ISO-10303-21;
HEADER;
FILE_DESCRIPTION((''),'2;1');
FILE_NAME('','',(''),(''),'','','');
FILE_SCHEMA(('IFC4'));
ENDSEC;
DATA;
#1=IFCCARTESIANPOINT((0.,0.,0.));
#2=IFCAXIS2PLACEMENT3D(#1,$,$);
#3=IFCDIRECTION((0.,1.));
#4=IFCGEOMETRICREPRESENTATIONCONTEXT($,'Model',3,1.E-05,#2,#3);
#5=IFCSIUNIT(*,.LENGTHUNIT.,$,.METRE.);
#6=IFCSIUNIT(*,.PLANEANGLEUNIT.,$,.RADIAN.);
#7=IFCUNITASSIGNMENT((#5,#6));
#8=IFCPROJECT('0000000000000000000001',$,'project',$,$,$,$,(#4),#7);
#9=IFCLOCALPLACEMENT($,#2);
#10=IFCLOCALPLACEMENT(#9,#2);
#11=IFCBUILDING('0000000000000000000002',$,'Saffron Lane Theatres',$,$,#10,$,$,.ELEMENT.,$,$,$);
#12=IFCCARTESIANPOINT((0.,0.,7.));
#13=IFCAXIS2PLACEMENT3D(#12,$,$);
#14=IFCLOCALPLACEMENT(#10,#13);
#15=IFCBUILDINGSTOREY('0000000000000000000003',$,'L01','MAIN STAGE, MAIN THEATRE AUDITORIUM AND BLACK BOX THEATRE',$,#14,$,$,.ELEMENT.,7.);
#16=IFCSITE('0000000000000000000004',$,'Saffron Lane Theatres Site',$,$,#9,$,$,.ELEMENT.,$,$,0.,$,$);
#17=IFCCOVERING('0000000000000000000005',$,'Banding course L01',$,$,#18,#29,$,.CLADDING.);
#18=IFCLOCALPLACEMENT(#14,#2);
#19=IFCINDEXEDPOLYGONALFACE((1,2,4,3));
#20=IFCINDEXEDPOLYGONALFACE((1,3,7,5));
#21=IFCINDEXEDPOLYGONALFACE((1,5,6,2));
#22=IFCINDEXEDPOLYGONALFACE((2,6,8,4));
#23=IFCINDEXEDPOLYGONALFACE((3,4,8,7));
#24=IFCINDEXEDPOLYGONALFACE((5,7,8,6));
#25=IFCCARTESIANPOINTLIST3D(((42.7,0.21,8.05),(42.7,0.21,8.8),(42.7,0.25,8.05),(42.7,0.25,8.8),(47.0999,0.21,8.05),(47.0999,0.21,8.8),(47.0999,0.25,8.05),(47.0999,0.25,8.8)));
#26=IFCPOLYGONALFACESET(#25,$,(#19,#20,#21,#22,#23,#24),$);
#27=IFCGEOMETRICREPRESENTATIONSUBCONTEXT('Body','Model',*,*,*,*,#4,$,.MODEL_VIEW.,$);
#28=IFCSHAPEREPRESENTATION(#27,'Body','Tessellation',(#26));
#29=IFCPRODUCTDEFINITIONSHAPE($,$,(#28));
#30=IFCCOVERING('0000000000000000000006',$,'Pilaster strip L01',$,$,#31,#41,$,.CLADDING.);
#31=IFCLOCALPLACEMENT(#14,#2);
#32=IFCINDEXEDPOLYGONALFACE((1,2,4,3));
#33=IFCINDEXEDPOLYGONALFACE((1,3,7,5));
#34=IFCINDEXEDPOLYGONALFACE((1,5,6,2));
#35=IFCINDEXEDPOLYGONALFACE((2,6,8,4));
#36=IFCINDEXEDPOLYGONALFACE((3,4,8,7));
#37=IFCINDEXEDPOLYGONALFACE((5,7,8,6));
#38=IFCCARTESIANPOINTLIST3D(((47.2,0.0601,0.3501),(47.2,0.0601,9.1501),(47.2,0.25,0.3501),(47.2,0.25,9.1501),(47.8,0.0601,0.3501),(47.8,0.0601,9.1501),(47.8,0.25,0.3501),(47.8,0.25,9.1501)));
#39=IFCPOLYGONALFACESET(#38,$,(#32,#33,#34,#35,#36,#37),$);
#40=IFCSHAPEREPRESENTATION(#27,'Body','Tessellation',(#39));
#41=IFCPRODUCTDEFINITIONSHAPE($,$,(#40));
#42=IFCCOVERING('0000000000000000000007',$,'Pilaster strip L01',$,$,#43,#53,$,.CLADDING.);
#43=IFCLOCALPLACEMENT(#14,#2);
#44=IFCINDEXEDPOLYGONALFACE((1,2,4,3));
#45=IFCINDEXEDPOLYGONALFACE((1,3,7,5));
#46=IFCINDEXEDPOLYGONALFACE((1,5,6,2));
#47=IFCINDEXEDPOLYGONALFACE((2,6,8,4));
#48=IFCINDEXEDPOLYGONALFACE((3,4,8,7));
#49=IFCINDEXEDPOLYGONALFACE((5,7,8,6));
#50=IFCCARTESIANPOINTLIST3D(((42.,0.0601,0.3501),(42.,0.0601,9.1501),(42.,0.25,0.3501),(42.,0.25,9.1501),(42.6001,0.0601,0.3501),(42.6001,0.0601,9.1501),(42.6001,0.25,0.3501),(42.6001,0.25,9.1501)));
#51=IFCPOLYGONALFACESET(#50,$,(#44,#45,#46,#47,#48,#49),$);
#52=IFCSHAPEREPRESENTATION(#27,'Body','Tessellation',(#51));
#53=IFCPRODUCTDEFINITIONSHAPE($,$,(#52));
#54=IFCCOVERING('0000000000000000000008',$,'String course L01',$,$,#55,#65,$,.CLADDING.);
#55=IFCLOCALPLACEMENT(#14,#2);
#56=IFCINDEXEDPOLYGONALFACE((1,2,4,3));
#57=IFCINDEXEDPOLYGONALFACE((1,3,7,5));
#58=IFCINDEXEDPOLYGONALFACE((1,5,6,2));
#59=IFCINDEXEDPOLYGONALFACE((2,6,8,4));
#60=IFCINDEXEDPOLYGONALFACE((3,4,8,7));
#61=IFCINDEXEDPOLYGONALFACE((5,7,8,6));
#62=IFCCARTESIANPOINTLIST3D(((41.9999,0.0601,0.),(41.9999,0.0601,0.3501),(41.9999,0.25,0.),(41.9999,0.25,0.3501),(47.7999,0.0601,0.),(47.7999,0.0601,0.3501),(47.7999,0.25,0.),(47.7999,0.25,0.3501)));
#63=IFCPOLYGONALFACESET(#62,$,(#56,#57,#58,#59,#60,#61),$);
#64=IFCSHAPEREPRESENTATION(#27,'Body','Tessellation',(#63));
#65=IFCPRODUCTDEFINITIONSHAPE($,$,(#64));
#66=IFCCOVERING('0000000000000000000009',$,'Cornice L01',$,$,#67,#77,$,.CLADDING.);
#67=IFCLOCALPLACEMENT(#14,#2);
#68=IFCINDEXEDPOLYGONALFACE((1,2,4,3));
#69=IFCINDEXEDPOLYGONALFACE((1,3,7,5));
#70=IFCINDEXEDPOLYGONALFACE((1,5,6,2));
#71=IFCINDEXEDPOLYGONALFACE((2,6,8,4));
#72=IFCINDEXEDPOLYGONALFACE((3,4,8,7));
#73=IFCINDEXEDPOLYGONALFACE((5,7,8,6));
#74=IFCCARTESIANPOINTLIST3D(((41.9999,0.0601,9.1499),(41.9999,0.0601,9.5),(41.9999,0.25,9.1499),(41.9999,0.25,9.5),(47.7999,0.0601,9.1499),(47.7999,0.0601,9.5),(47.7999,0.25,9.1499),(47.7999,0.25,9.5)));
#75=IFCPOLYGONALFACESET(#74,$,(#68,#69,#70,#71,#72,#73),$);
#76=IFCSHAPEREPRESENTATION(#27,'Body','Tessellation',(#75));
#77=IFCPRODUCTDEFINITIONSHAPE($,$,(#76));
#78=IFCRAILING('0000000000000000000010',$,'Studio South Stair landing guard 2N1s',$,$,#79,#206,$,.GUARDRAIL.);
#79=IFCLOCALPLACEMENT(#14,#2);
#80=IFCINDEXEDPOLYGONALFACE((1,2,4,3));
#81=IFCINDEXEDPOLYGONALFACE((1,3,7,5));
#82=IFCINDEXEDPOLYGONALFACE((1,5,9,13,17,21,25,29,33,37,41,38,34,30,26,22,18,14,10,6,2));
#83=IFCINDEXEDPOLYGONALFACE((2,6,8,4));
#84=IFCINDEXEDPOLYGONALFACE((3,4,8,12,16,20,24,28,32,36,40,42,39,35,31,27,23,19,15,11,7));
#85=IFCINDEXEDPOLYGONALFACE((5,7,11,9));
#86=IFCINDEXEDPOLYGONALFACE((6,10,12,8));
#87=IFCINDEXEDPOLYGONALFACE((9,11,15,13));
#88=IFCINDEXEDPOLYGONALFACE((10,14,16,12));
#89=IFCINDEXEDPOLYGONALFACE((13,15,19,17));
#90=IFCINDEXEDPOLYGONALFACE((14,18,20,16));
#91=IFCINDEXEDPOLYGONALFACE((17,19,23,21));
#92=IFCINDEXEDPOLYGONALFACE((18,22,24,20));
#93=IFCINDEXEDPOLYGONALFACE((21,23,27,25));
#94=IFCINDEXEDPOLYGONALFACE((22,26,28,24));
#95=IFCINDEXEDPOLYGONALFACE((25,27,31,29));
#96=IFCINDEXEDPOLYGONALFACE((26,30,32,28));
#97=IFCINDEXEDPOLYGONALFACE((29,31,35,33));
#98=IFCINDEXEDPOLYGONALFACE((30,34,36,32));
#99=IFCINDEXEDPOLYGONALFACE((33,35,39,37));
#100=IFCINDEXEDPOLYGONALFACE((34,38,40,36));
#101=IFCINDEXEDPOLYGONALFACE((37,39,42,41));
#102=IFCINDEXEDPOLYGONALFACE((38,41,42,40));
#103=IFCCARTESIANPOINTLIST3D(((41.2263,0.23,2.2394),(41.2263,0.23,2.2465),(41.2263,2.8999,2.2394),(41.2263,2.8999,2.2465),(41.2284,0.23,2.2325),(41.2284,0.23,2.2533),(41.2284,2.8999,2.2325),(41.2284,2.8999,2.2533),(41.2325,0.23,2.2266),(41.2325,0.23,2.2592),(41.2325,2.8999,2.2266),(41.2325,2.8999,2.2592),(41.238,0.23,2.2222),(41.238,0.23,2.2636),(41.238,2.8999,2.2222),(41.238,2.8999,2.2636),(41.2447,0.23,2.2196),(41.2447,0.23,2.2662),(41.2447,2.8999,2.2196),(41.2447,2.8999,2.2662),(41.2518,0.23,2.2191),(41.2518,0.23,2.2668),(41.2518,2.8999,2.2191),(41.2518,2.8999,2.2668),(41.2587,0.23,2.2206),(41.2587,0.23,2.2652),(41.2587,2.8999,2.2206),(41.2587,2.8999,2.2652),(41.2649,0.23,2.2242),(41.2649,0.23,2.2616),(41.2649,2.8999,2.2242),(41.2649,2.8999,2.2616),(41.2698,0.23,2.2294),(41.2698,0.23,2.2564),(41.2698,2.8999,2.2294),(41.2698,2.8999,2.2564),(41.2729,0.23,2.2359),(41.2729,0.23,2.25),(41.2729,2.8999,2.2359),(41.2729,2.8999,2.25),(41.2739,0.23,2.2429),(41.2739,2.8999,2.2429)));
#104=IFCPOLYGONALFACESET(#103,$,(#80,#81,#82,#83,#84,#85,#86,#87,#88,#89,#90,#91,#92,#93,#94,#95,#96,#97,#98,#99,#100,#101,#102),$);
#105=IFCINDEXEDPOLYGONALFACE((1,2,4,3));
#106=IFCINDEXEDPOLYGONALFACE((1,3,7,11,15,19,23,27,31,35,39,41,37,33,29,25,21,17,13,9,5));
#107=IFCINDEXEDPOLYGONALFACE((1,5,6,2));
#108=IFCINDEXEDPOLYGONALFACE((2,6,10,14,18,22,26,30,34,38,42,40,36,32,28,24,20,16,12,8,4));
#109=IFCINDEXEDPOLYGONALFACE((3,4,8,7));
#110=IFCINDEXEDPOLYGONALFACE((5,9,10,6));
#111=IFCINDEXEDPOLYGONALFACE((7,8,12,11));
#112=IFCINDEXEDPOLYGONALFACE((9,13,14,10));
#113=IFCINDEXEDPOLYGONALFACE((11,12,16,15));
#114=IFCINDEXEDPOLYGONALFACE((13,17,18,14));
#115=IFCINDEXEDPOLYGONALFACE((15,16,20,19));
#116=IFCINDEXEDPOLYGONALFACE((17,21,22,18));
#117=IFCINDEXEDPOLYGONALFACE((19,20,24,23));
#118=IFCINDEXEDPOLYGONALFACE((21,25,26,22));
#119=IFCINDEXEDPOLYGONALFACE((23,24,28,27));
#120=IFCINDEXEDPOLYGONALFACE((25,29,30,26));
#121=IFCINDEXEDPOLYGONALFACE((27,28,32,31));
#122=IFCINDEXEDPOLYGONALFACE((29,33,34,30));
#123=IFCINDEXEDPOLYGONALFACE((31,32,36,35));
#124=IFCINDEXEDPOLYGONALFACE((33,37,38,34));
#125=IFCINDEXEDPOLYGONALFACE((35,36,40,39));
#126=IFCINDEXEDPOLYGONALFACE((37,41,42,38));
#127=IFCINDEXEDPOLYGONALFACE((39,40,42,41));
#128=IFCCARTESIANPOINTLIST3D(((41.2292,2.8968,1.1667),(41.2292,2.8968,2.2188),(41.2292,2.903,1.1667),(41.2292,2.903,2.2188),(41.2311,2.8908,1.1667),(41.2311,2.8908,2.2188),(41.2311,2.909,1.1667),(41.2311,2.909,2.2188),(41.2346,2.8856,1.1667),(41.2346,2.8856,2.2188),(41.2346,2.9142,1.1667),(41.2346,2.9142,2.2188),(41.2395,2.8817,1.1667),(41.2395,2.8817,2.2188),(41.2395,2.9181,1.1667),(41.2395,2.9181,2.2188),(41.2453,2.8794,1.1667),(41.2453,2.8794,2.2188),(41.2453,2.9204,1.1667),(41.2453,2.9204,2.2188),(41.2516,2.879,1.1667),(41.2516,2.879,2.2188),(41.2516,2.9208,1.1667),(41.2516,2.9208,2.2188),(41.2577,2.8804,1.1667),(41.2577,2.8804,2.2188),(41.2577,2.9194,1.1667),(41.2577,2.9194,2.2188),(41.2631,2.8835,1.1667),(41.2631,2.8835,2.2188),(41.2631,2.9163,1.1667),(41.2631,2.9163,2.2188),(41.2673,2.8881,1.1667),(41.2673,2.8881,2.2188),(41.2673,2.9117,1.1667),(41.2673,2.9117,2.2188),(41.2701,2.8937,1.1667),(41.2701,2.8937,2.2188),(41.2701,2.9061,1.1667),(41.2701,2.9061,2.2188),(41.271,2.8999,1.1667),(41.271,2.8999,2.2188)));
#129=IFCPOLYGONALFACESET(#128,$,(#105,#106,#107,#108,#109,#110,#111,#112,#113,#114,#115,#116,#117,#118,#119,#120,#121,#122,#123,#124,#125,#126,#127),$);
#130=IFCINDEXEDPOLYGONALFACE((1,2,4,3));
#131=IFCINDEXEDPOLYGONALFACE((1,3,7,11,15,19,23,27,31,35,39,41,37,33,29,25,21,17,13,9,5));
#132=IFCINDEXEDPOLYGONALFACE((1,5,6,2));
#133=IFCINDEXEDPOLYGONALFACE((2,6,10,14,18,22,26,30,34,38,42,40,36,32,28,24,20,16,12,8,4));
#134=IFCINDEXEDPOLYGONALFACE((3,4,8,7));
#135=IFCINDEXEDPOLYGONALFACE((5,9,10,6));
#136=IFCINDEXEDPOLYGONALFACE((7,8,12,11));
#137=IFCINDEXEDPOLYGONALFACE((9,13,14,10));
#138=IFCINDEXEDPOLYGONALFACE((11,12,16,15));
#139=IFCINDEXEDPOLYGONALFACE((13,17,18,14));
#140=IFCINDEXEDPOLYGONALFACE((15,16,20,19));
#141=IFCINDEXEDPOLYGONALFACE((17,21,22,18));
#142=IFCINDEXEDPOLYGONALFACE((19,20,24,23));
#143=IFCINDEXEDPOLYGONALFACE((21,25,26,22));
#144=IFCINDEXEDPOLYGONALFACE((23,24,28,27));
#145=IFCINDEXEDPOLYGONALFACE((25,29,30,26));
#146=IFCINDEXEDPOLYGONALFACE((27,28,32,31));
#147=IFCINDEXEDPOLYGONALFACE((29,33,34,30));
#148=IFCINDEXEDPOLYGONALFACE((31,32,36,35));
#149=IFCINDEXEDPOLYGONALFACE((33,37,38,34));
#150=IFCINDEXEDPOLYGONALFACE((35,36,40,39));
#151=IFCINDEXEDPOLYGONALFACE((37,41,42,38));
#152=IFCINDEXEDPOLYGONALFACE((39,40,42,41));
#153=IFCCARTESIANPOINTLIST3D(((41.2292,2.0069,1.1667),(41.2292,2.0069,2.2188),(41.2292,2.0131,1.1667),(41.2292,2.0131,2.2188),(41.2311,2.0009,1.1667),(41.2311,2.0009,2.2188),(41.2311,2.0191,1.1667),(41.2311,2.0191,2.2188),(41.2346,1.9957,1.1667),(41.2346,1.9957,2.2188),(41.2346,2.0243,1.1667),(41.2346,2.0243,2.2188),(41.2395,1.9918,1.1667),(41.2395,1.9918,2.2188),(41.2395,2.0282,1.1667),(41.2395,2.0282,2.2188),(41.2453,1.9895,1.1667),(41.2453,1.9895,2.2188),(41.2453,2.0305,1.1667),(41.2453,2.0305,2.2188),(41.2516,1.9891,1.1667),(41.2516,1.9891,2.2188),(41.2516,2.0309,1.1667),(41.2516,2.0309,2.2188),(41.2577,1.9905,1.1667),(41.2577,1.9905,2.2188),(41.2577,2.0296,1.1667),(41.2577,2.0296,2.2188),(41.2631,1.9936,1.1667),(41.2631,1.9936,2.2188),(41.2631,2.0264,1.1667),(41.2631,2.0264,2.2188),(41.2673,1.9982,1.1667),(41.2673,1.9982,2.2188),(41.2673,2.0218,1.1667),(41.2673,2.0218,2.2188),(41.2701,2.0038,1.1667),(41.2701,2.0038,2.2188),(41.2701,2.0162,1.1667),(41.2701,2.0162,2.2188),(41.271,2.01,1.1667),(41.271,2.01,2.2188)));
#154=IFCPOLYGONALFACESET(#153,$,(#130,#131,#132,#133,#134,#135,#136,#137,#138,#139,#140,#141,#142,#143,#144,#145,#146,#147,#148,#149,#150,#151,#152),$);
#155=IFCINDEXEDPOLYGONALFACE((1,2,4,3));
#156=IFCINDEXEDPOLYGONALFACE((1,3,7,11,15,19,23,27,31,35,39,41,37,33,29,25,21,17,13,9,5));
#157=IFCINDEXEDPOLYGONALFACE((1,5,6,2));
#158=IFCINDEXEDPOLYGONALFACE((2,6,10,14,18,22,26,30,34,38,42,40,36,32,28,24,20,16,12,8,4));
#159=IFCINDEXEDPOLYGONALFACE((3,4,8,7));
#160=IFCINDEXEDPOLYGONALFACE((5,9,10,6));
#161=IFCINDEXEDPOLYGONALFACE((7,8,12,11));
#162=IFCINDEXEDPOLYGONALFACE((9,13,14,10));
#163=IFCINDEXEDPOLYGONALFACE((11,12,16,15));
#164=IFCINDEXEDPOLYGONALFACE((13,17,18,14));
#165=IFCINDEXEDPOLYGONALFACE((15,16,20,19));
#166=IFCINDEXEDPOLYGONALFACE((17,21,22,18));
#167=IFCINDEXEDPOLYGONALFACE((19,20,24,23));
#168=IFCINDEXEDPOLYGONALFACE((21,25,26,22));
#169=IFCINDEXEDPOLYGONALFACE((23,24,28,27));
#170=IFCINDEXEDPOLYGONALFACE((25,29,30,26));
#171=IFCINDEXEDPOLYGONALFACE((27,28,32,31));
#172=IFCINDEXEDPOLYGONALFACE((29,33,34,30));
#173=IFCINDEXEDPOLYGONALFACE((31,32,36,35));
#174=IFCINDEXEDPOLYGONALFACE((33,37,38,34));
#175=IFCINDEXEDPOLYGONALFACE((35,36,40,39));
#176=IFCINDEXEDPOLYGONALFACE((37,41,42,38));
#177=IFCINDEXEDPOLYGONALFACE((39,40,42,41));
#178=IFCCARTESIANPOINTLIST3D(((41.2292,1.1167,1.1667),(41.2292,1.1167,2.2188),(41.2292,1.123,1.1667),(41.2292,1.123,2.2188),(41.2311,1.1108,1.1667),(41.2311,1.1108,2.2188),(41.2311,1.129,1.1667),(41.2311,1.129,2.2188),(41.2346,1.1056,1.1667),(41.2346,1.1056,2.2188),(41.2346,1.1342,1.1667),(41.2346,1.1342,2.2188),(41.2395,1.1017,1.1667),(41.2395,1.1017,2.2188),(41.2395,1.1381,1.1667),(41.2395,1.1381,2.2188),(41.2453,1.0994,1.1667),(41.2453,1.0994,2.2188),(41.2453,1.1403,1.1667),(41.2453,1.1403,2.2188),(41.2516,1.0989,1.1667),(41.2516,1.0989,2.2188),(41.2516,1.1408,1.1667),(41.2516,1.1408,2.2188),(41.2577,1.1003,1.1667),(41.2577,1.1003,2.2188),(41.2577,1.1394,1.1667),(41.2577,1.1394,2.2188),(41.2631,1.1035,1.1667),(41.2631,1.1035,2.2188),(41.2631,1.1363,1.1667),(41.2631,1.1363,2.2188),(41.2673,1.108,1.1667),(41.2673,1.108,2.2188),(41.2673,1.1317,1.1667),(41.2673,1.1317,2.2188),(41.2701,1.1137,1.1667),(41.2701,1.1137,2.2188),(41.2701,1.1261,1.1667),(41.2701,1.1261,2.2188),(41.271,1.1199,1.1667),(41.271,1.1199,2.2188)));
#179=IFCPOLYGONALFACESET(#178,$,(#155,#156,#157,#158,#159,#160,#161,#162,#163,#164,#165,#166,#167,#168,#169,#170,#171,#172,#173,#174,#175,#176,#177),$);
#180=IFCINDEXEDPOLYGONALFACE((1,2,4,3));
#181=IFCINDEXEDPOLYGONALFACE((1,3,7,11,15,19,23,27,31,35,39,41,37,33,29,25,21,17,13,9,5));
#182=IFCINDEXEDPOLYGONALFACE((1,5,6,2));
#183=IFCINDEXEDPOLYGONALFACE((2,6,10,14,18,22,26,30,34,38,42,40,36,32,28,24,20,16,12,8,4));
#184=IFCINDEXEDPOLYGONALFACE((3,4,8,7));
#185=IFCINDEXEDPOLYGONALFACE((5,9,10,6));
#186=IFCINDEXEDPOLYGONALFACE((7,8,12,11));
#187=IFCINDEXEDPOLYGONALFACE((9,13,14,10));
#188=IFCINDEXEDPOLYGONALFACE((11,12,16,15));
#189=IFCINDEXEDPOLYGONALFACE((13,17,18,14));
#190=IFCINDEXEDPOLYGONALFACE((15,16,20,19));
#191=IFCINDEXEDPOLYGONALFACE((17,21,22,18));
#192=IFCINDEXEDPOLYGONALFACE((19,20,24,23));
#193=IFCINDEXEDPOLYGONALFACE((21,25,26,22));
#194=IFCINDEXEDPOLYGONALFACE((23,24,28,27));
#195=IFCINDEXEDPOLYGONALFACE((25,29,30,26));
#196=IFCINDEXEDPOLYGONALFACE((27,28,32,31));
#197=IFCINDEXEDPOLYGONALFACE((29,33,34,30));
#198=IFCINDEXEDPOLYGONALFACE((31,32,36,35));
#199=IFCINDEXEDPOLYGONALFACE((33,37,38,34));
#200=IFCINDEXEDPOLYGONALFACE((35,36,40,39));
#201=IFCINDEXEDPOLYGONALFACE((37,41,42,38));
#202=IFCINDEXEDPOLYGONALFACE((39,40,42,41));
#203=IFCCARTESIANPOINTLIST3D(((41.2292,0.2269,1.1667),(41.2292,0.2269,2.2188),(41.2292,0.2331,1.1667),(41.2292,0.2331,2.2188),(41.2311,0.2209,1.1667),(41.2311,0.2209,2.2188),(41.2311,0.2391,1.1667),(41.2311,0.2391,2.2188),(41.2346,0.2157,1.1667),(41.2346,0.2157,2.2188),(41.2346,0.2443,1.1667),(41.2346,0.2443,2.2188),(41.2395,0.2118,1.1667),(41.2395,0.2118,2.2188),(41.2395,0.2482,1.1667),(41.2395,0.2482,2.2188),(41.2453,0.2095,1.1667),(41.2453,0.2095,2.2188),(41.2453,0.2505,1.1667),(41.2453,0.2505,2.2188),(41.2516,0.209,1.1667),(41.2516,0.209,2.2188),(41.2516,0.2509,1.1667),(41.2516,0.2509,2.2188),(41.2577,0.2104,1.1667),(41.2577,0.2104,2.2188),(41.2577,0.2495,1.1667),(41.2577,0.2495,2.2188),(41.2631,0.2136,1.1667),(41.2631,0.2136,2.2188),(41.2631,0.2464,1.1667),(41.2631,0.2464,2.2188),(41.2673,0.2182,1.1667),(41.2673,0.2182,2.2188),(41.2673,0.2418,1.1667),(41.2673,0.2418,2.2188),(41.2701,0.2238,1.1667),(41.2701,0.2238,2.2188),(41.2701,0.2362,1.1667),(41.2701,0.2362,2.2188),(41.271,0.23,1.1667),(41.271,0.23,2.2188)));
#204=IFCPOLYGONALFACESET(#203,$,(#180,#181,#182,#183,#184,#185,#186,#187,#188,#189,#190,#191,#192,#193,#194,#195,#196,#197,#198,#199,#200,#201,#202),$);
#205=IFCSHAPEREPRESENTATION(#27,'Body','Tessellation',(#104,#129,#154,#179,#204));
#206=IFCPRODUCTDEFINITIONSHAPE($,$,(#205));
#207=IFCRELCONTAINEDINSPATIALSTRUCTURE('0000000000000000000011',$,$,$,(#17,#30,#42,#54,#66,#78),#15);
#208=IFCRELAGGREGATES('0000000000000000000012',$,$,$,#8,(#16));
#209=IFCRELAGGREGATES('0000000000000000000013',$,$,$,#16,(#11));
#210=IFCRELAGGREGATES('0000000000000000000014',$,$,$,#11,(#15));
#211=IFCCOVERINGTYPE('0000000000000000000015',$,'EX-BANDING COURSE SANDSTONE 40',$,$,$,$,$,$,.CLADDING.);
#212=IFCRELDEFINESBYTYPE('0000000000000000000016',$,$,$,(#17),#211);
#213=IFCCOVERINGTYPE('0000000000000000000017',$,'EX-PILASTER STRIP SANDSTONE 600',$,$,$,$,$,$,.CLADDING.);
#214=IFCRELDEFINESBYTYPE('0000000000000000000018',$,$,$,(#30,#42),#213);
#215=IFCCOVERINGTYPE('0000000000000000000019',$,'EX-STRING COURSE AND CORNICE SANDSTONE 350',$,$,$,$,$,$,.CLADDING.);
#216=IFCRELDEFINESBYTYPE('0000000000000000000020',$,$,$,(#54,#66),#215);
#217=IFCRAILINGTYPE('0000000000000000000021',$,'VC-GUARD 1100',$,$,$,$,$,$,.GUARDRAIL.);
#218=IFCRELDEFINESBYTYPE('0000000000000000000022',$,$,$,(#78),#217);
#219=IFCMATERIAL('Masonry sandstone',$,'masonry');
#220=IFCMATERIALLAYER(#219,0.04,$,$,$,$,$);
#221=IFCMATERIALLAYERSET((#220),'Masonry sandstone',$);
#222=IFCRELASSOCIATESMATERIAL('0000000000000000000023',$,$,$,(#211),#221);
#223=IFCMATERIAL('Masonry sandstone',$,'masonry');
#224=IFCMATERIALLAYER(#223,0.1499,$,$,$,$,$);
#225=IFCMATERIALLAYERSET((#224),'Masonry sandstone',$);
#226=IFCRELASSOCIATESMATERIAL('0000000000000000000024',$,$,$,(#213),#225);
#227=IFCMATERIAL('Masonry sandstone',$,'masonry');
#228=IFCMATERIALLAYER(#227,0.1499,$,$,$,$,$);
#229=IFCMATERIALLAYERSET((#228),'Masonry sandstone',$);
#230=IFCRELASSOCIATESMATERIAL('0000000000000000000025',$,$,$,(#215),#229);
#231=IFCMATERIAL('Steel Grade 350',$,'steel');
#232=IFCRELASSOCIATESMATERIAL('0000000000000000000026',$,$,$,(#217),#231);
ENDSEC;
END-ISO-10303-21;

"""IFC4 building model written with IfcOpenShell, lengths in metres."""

from ifc_helpers import new_model, si_unit, direction, frame, origin, origin_2d, place, context, subcontext, project, spatial, rectangle, circle, extrude, material, layer, layer_set, type_object, element, save


model = new_model("IFC4")

# Units and contexts
model_context = context("Model", 3, precision=1e-05, world=origin(), true_north=direction((0.0, 1.0)))
body_context = subcontext(model_context, "Body", "Model", "MODEL_VIEW")
ifc_project = project(units=[si_unit("LENGTHUNIT", "METRE"), si_unit("PLANEANGLEUNIT", "RADIAN")], contexts=[model_context])

# Site, building, storey
site_placement = place(None, origin())
site = spatial("IfcSite", under=ifc_project, at=site_placement, Name="Saffron Lane Theatres Site", CompositionType="ELEMENT", RefElevation=0.0)
building_placement = place(site_placement, origin())
building = spatial("IfcBuilding", under=site, at=building_placement, Name="Saffron Lane Theatres", CompositionType="ELEMENT")
storey_placement = place(building_placement, frame((0.0, 0.0, 7.0)))
storey = spatial("IfcBuildingStorey", under=building, at=storey_placement, Name="L01", Description="MAIN STAGE, MAIN THEATRE AUDITORIUM AND BLACK BOX THEATRE", CompositionType="ELEMENT", Elevation=7.0)

# Coverings
ifc_material_1 = material(Name="Masonry sandstone", Category="masonry")
ifc_layer_1 = layer(ifc_material_1, 0.04)
ifc_layer_set_1 = layer_set([ifc_layer_1], Name="Masonry sandstone")
covering_type_1 = type_object("IfcCoveringType", Name="EX-BANDING COURSE SANDSTONE 40", PredefinedType="CLADDING", material=ifc_layer_set_1)
for number, where, z_axis, x_axis, name in (
    (1, (44.8999, 0.23, 8.05), (0.0, 0.0, 1.0), (-1.0, 0.0, 0.0), "Banding course L01"),
):
    element("IfcCovering", number, at=place(storey_placement, frame(where, z_axis=z_axis, x_axis=x_axis)), inside=storey, type_object=covering_type_1, Name=name, PredefinedType="CLADDING", context=body_context, shape_type="SweptSolid", body=[
        extrude(rectangle(XDim=4.3999, YDim=0.04, at=origin_2d()), origin(), (0.0, 0.0, 1.0), 0.75),
    ])
ifc_material_2 = material(Name="Masonry sandstone", Category="masonry")
ifc_layer_2 = layer(ifc_material_2, 0.1499)
ifc_layer_set_2 = layer_set([ifc_layer_2], Name="Masonry sandstone")
covering_type_2 = type_object("IfcCoveringType", Name="EX-PILASTER STRIP SANDSTONE 600", PredefinedType="CLADDING", material=ifc_layer_set_2)
for number, where, z_axis, x_axis, name in (
    (2, (47.5, 0.155, 0.3501), (0.0, 0.0, 1.0), (-1.0, 0.0, 0.0), "Pilaster strip L01"),
    (3, (42.3, 0.155, 0.3501), (0.0, 0.0, 1.0), (-1.0, 0.0, 0.0), "Pilaster strip L01"),
):
    element("IfcCovering", number, at=place(storey_placement, frame(where, z_axis=z_axis, x_axis=x_axis)), inside=storey, type_object=covering_type_2, Name=name, PredefinedType="CLADDING", context=body_context, shape_type="SweptSolid", body=[
        extrude(rectangle(XDim=0.6001, YDim=0.1899, at=origin_2d()), origin(), (0.0, 0.0, 1.0), 8.8),
    ])
ifc_material_3 = material(Name="Masonry sandstone", Category="masonry")
ifc_layer_3 = layer(ifc_material_3, 0.1499)
ifc_layer_set_3 = layer_set([ifc_layer_3], Name="Masonry sandstone")
covering_type_3 = type_object("IfcCoveringType", Name="EX-STRING COURSE AND CORNICE SANDSTONE 350", PredefinedType="CLADDING", material=ifc_layer_set_3)
for number, where, z_axis, x_axis, name in (
    (4, (44.8999, 0.155, 0.0), (0.0, 0.0, 1.0), (-1.0, 0.0, 0.0), "String course L01"),
    (5, (44.8999, 0.155, 9.1499), (0.0, 0.0, 1.0), (-1.0, 0.0, 0.0), "Cornice L01"),
):
    element("IfcCovering", number, at=place(storey_placement, frame(where, z_axis=z_axis, x_axis=x_axis)), inside=storey, type_object=covering_type_3, Name=name, PredefinedType="CLADDING", context=body_context, shape_type="SweptSolid", body=[
        extrude(rectangle(XDim=5.8, YDim=0.1899, at=origin_2d()), origin(), (0.0, 0.0, 1.0), 0.3501),
    ])

# Railing
ifc_material_4 = material(Name="Steel Grade 350", Category="steel")
railing_type_1 = type_object("IfcRailingType", Name="VC-GUARD 1100", PredefinedType="GUARDRAIL", material=ifc_material_4)
railing_1_placement = place(storey_placement, frame((41.25, 2.8999, 1.1667)))
element("IfcRailing", 6, at=railing_1_placement, inside=storey, type_object=railing_type_1, Name="Studio South Stair landing guard 2N1s", PredefinedType="GUARDRAIL", context=body_context, shape_type="SweptSolid", body=[
    extrude(circle(Radius=0.0239, at=origin_2d()), frame((0.0, 0.0, 1.0762), z_axis=(0.0, -1.0, 0.0), x_axis=(1.0, 0.0, 0.0)), (0.0, 0.0, 1.0), 2.6699),
    extrude(circle(Radius=0.021, at=origin_2d()), origin(), (0.0, 0.0, 1.0), 1.052),
    extrude(circle(Radius=0.021, at=origin_2d()), frame((0.0, -0.8899, 0.0)), (0.0, 0.0, 1.0), 1.052),
    extrude(circle(Radius=0.021, at=origin_2d()), frame((0.0, -1.78, 0.0)), (0.0, 0.0, 1.0), 1.052),
    extrude(circle(Radius=0.021, at=origin_2d()), frame((0.0, -2.6699, 0.0)), (0.0, 0.0, 1.0), 1.052),
])

save(model, "model.ifc")
